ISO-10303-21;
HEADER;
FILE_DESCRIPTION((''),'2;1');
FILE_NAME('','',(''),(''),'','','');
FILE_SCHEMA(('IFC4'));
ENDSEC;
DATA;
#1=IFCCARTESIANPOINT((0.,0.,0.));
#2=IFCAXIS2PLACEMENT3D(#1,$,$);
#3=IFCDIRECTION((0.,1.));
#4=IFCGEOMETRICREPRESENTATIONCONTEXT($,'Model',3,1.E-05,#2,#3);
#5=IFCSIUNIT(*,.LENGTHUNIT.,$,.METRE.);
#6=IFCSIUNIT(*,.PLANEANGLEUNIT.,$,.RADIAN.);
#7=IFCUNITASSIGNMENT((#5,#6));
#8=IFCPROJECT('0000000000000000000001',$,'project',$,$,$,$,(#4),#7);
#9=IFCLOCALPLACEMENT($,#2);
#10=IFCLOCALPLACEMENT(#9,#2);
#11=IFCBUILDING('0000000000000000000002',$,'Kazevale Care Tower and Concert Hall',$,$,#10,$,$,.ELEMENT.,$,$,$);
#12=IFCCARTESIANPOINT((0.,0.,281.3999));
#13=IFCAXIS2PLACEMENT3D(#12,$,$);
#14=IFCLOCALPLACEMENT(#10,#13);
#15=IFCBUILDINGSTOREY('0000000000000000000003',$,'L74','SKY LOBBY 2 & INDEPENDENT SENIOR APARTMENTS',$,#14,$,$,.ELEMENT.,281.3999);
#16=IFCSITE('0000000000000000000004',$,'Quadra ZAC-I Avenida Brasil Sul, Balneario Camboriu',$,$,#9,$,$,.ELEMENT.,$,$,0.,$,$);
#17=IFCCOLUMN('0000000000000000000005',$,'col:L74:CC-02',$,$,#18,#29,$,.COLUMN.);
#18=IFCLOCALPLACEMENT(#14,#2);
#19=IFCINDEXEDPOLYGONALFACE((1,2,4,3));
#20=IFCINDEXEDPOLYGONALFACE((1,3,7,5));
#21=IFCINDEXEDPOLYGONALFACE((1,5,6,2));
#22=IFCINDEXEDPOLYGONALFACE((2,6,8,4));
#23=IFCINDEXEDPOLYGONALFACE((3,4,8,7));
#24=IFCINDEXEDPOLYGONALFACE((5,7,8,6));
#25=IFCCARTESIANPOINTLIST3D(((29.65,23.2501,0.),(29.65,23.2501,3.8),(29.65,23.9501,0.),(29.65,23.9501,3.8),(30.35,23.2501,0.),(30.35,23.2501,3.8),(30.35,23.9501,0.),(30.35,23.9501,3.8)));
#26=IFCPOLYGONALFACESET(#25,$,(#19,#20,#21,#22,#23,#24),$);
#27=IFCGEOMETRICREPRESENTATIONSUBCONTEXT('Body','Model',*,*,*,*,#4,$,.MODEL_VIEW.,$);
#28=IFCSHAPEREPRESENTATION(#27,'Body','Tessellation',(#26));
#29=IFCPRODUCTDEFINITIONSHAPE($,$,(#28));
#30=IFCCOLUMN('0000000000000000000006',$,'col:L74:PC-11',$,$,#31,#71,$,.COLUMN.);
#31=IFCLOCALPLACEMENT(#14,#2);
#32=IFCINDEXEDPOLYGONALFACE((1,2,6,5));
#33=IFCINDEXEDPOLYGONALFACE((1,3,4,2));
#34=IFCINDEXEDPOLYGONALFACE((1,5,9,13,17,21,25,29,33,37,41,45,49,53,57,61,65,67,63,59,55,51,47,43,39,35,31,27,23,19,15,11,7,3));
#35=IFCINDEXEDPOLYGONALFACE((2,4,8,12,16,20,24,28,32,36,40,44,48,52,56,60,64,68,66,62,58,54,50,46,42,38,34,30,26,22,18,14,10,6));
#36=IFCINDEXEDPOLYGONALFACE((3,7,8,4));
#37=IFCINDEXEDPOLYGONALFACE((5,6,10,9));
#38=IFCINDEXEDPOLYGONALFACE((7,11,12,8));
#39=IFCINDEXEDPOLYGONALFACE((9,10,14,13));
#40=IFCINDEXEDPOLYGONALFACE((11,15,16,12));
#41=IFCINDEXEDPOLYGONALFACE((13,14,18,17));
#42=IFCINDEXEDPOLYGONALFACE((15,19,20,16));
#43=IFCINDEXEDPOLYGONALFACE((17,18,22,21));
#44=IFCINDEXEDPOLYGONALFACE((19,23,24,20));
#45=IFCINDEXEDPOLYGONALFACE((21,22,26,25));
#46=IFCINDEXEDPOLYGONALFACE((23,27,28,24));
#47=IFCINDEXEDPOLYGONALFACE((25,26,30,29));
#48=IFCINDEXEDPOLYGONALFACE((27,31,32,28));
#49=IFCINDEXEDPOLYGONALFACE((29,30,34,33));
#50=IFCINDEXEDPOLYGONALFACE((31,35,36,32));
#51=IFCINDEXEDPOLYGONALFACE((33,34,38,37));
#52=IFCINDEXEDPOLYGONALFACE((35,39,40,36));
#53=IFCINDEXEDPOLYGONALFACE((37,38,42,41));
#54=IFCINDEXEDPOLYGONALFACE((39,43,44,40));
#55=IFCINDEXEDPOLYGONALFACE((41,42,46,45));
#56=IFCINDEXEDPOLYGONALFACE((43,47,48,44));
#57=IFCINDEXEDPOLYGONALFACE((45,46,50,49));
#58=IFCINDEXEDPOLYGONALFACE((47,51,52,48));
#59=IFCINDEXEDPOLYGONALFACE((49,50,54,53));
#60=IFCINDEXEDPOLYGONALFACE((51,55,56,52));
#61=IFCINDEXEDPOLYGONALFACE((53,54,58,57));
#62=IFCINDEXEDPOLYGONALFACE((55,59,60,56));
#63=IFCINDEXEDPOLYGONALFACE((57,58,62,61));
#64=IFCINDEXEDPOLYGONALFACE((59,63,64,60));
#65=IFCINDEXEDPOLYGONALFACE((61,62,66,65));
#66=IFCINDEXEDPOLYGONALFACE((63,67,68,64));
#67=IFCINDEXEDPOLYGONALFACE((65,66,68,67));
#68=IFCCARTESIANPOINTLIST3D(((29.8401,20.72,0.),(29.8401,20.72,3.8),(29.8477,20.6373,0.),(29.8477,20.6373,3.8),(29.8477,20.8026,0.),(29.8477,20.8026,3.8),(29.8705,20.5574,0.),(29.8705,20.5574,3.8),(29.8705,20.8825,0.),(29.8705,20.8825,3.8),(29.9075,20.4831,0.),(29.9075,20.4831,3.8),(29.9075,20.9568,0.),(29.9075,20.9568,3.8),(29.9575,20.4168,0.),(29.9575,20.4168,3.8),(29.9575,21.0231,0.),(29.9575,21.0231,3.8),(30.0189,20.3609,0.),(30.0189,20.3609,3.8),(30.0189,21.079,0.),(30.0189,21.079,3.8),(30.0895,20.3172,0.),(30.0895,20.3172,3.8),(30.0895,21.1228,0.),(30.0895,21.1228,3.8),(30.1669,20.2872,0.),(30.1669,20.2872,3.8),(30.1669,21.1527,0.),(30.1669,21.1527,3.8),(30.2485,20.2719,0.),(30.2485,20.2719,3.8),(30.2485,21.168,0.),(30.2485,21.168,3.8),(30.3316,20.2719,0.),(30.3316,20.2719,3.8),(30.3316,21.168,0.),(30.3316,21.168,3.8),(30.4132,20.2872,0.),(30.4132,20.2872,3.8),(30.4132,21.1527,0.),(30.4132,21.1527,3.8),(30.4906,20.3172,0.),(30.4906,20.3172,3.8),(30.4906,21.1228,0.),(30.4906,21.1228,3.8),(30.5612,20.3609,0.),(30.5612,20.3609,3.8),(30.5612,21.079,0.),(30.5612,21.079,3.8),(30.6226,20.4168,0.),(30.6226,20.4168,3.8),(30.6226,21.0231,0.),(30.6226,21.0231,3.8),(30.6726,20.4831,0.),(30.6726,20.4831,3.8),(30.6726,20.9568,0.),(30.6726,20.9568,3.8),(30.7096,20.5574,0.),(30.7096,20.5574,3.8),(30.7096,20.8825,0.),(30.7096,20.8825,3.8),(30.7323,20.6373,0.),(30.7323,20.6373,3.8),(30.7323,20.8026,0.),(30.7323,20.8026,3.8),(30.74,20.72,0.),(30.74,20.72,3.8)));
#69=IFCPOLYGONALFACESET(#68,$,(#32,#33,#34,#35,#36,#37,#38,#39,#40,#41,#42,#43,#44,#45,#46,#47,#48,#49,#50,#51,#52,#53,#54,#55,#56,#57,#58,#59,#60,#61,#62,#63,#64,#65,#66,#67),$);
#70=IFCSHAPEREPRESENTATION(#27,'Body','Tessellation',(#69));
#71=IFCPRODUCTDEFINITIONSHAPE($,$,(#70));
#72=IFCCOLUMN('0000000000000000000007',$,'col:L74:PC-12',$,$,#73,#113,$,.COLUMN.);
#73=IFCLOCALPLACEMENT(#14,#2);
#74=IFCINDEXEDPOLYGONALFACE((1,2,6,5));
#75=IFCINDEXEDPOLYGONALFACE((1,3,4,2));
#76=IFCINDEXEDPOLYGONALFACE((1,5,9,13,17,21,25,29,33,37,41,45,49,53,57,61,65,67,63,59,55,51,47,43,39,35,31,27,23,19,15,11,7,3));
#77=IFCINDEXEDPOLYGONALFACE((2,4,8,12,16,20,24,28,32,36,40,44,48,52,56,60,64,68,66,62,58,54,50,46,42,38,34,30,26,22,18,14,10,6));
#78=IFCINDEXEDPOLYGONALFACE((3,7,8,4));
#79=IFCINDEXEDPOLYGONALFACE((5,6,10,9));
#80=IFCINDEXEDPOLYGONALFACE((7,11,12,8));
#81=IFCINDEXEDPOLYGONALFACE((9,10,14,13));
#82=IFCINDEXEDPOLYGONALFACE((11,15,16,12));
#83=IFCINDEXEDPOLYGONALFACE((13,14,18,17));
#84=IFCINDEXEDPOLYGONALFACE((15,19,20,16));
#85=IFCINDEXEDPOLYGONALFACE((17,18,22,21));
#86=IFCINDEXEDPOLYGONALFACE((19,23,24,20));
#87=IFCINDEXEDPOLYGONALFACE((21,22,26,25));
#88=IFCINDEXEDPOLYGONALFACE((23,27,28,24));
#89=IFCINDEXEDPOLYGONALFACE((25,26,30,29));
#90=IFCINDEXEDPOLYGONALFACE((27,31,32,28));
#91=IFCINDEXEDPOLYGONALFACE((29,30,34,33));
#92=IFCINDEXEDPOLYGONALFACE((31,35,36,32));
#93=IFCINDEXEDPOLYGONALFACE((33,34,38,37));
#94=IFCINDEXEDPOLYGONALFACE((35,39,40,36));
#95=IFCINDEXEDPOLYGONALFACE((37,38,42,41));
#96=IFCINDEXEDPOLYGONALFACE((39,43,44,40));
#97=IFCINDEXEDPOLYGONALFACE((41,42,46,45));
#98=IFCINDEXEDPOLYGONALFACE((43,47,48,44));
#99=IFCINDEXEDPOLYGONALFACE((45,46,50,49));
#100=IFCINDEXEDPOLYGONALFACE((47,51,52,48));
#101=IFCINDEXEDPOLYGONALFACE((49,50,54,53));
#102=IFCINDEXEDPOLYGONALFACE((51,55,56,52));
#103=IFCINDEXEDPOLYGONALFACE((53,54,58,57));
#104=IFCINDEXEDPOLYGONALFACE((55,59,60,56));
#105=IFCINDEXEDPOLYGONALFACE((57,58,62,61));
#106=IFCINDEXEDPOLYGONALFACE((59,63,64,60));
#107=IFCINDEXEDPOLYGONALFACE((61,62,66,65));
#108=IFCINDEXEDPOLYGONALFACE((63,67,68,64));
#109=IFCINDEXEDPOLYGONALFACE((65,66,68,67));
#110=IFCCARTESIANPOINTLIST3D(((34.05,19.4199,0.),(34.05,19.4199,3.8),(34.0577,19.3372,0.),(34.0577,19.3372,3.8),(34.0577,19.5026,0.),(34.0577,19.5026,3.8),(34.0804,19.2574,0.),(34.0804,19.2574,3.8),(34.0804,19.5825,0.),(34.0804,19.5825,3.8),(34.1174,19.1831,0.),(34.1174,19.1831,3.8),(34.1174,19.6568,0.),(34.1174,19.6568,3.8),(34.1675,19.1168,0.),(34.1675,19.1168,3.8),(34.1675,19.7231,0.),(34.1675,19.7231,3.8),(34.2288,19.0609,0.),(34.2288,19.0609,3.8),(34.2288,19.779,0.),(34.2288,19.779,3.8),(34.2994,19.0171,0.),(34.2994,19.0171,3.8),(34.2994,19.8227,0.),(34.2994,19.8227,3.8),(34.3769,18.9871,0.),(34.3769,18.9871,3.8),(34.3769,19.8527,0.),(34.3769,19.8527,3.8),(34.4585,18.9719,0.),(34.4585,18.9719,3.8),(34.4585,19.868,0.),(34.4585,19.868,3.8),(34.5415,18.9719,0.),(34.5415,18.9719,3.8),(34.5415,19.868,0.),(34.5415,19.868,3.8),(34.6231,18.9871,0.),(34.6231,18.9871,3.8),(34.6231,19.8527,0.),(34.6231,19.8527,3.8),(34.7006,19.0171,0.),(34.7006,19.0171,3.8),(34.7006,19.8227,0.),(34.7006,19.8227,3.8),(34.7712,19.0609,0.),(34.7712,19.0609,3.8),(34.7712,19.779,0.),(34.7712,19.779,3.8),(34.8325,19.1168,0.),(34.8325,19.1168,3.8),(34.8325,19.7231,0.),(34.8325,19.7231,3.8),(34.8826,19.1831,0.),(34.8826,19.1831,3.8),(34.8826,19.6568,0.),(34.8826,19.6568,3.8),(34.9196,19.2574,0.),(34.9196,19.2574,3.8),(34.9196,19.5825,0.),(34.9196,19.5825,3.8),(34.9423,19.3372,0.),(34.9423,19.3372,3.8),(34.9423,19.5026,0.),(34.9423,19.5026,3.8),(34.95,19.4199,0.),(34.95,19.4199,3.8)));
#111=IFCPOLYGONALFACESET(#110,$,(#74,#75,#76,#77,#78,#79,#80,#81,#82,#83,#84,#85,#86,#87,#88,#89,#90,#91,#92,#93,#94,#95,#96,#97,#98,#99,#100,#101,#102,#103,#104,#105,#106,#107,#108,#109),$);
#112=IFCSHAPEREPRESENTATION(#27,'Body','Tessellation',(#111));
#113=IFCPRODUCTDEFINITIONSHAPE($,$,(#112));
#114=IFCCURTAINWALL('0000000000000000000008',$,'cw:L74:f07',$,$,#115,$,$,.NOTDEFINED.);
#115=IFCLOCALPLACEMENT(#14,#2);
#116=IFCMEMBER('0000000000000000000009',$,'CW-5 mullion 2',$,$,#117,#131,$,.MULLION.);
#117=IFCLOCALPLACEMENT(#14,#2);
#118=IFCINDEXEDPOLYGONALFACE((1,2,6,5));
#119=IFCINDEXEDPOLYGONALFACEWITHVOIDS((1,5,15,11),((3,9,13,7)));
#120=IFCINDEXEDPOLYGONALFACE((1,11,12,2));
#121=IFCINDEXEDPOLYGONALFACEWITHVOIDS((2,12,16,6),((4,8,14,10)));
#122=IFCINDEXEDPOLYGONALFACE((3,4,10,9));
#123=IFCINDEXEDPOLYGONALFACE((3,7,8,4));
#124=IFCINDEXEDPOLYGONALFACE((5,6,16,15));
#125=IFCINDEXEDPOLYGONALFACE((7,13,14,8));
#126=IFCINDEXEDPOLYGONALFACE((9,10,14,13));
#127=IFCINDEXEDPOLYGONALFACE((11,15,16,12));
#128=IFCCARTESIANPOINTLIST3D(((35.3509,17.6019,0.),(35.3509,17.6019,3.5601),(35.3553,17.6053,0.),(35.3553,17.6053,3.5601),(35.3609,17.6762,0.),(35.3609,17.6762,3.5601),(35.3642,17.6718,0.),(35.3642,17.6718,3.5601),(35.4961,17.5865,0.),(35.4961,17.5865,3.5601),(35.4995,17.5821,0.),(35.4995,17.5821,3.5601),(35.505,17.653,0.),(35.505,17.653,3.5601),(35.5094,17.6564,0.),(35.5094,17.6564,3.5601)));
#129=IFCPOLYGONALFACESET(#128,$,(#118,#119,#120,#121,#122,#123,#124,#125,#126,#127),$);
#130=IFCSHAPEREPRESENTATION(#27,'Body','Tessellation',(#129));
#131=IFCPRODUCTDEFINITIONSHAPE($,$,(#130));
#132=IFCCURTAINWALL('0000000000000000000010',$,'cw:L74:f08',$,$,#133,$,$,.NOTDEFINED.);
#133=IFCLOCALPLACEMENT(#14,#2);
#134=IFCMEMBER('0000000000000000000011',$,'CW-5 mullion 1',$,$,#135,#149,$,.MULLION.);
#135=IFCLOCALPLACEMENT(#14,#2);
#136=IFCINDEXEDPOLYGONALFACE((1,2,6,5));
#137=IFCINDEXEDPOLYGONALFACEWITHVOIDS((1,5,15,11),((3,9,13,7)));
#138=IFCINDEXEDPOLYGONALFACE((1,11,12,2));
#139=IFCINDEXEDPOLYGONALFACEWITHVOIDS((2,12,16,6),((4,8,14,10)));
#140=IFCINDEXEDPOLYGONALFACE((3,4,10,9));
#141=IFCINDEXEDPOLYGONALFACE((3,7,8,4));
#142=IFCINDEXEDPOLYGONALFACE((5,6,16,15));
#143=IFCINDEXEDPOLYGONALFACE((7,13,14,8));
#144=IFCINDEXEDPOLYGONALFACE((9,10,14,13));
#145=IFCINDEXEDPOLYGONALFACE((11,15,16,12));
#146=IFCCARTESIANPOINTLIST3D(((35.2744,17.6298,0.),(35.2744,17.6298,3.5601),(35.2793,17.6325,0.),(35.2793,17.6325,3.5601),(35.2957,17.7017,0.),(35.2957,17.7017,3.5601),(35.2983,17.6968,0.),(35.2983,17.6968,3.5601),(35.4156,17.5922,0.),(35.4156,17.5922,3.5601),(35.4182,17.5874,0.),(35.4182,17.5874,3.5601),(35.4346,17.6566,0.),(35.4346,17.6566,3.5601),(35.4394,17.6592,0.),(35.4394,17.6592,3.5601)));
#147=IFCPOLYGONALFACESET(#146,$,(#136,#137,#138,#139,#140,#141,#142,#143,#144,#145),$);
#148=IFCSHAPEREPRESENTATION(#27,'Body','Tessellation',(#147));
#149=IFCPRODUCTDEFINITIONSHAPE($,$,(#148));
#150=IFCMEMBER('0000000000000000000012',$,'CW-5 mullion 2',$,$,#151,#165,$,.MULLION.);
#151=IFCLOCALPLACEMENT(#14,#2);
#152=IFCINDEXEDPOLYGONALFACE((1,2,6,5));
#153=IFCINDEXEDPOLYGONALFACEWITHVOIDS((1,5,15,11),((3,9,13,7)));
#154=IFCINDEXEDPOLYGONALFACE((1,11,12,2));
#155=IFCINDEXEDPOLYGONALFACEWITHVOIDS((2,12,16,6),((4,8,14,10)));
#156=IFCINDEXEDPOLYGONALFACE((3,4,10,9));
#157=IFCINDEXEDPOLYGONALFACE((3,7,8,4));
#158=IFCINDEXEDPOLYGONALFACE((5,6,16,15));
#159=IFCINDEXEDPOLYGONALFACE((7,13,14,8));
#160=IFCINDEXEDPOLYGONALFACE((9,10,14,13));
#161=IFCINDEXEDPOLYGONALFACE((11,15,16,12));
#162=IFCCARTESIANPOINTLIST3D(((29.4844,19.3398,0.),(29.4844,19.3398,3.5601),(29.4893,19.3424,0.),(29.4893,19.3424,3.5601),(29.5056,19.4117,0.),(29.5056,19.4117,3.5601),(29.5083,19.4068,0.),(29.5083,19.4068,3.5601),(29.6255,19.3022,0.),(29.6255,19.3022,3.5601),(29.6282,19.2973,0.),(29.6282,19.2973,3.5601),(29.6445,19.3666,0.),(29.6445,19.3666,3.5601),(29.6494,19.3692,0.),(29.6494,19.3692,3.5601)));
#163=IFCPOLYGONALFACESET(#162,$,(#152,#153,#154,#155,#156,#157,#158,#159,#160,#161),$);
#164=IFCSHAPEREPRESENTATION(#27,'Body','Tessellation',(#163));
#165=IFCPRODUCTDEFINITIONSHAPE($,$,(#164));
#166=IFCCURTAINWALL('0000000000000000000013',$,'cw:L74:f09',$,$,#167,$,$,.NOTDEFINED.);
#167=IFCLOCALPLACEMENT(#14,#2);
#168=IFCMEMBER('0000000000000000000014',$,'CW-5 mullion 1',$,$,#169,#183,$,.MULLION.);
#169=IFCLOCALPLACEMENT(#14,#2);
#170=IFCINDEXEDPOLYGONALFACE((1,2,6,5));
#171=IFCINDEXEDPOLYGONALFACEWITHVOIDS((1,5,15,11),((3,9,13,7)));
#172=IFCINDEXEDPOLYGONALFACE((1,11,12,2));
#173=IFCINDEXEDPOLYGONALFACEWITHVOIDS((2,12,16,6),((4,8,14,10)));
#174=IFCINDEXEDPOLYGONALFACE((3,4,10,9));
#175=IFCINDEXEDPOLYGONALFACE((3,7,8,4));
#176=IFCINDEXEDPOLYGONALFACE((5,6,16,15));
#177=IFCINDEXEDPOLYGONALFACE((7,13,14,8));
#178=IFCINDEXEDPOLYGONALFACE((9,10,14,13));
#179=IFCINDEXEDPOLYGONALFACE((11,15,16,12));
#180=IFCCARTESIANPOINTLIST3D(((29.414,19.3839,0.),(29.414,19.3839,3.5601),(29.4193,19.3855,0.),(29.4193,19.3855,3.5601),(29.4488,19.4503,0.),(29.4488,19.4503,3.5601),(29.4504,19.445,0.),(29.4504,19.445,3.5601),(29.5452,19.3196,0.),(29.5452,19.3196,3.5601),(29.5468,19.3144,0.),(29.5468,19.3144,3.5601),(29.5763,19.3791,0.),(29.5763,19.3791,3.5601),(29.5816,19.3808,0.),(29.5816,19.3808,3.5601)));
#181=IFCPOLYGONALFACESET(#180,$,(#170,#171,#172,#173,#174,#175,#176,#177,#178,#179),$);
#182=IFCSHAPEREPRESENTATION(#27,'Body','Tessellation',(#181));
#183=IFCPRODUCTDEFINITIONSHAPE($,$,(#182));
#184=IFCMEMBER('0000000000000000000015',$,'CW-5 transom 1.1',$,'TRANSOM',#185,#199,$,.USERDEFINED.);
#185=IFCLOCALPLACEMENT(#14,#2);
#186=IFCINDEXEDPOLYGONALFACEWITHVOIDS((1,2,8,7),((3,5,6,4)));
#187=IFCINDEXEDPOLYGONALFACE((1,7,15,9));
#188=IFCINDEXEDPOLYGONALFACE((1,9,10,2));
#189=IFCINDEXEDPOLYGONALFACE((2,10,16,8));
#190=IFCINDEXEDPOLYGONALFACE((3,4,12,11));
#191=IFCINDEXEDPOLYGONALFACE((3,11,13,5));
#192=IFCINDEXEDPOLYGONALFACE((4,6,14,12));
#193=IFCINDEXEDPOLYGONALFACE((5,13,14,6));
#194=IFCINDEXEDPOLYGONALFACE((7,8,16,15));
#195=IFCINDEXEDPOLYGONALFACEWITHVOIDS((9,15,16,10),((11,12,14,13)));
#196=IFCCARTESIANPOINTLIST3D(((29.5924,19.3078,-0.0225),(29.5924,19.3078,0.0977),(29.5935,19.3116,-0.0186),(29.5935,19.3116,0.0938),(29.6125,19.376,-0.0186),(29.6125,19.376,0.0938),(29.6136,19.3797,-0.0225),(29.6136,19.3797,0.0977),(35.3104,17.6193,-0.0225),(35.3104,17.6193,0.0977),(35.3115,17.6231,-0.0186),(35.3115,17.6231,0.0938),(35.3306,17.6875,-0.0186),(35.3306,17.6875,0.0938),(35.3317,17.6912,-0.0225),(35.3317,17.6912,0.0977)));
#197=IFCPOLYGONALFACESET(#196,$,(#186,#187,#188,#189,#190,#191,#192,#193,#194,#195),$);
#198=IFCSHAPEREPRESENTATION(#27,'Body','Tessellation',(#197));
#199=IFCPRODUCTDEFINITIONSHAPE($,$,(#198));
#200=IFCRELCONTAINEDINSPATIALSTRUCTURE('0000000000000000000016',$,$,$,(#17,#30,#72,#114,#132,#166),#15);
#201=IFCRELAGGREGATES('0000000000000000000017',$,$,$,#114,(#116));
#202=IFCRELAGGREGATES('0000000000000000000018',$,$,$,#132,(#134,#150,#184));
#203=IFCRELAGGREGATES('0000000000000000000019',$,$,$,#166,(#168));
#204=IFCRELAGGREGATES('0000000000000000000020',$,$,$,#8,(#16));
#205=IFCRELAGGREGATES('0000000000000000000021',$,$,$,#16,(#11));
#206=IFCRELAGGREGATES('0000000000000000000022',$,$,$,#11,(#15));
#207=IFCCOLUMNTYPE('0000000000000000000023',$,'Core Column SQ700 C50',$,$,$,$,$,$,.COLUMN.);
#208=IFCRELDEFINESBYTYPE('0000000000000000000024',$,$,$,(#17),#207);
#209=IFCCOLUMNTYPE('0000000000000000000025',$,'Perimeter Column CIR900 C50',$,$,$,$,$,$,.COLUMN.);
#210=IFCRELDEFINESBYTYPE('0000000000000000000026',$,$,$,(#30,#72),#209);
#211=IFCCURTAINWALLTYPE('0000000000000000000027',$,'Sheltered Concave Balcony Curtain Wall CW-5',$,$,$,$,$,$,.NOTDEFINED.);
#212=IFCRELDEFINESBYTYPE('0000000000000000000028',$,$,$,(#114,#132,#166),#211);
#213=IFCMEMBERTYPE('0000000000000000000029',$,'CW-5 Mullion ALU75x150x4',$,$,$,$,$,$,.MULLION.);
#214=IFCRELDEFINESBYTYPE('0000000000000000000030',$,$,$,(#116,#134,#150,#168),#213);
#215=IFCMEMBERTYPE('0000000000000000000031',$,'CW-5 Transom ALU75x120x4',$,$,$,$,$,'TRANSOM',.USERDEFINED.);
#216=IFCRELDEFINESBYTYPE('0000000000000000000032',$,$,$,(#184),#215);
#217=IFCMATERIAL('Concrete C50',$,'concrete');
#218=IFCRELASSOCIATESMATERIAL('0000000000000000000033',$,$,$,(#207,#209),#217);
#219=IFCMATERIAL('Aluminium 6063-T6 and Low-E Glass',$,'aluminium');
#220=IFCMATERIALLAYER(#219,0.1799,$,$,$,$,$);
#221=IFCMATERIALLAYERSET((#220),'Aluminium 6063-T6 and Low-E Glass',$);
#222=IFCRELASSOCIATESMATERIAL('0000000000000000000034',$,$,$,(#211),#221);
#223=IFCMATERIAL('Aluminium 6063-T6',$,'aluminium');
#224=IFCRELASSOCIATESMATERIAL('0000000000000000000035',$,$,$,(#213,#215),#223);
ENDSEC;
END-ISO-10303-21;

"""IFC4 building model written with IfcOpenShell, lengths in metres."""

from ifc_helpers import new_model, si_unit, direction, frame, origin, origin_2d, place, context, subcontext, project, spatial, rectangle, hollow_rectangle, circle, extrude, material, layer, layer_set, material_profile, profile_set, type_object, element, aggregate, save


model = new_model("IFC4")

# Units and contexts
model_context = context("Model", 3, precision=1e-05, world=origin(), true_north=direction((0.0, 1.0)))
body_context = subcontext(model_context, "Body", "Model", "MODEL_VIEW")
ifc_project = project(units=[si_unit("LENGTHUNIT", "METRE"), si_unit("PLANEANGLEUNIT", "RADIAN")], contexts=[model_context])

# Site, building, storey
site_placement = place(None, origin())
site = spatial("IfcSite", under=ifc_project, at=site_placement, Name="Quadra ZAC-I Avenida Brasil Sul, Balneario Camboriu", CompositionType="ELEMENT", RefElevation=0.0)
building_placement = place(site_placement, origin())
building = spatial("IfcBuilding", under=site, at=building_placement, Name="Kazevale Care Tower and Concert Hall", CompositionType="ELEMENT")
storey_placement = place(building_placement, frame((0.0, 0.0, 281.3999)))
storey = spatial("IfcBuildingStorey", under=building, at=storey_placement, Name="L74", Description="SKY LOBBY 2 & INDEPENDENT SENIOR APARTMENTS", CompositionType="ELEMENT", Elevation=281.3999)

# Columns
ifc_material_1 = material(Name="Concrete C50", Category="concrete")
ifc_material_profile_1 = material_profile(ifc_material_1, rectangle(XDim=0.7, YDim=0.7, at=origin_2d()), Name="RC-SQ700")
ifc_profile_set_1 = profile_set([ifc_material_profile_1], Name="Concrete C50")
column_type_1 = type_object("IfcColumnType", Name="Core Column SQ700 C50", PredefinedType="COLUMN", material=ifc_profile_set_1)
column_placement = place(storey_placement, frame((30.0, 23.6001, 0.0), z_axis=(0.0, 0.0, 1.0), x_axis=(1.0, 0.0, 0.0)))
element("IfcColumn", 1, at=column_placement, inside=storey, type_object=column_type_1, Name="col:L74:CC-02", PredefinedType="COLUMN", context=body_context, shape_type="SweptSolid", body=[
    extrude(rectangle(XDim=0.7, YDim=0.7, at=origin_2d()), origin(), (0.0, 0.0, 1.0), 3.8),
])
ifc_material_profile_2 = material_profile(ifc_material_1, circle(Radius=0.45, at=origin_2d()), Name="RC-CIR900")
ifc_profile_set_2 = profile_set([ifc_material_profile_2], Name="Concrete C50")
column_type_2 = type_object("IfcColumnType", Name="Perimeter Column CIR900 C50", PredefinedType="COLUMN", material=ifc_profile_set_2)
for number, where, z_axis, x_axis, name in (
    (2, (30.29, 20.72, 0.0), (0.0, 0.0, 1.0), (1.0, 0.0, 0.0), "col:L74:PC-11"),
    (3, (34.5, 19.4199, 0.0), (0.0, 0.0, 1.0), (1.0, 0.0, 0.0), "col:L74:PC-12"),
):
    element("IfcColumn", number, at=place(storey_placement, frame(where, z_axis=z_axis, x_axis=x_axis)), inside=storey, type_object=column_type_2, Name=name, PredefinedType="COLUMN", context=body_context, shape_type="SweptSolid", body=[
        extrude(circle(Radius=0.45, at=origin_2d()), origin(), (0.0, 0.0, 1.0), 3.8),
    ])

# Curtain wall, member
ifc_material_2 = material(Name="Aluminium 6063-T6 and Low-E Glass", Category="aluminium")
ifc_layer_1 = layer(ifc_material_2, 0.1799)
ifc_layer_set_1 = layer_set([ifc_layer_1], Name="Aluminium 6063-T6 and Low-E Glass")
curtain_wall_type = type_object("IfcCurtainWallType", Name="Sheltered Concave Balcony Curtain Wall CW-5", PredefinedType="NOTDEFINED", material=ifc_layer_set_1)
curtain_wall_1_placement = place(storey_placement, origin())
curtain_wall_1 = element("IfcCurtainWall", 4, at=curtain_wall_1_placement, inside=storey, type_object=curtain_wall_type, Name="cw:L74:f07", PredefinedType="NOTDEFINED")
ifc_material_3 = material(Name="Aluminium 6063-T6", Category="aluminium")
ifc_material_profile_3 = material_profile(ifc_material_3, hollow_rectangle(XDim=0.075, YDim=0.1499, WallThickness=0.0039, at=origin_2d()), Name="ALU75x150x4")
ifc_profile_set_3 = profile_set([ifc_material_profile_3], Name="Aluminium 6063-T6")
member_type_1 = type_object("IfcMemberType", Name="CW-5 Mullion ALU75x150x4", PredefinedType="MULLION", material=ifc_profile_set_3)
member_1_placement = place(storey_placement, frame((35.4302, 17.6292, 0.0), z_axis=(0.0, 0.0, 1.0), x_axis=(-0.132542, -0.991177, 0.0)))
member_1 = element("IfcMember", 5, at=member_1_placement, type_object=member_type_1, Name="CW-5 mullion 2", PredefinedType="MULLION", context=body_context, shape_type="SweptSolid", body=[
    extrude(hollow_rectangle(XDim=0.075, YDim=0.1499, WallThickness=0.0039, at=origin_2d()), origin(), (0.0, 0.0, 1.0), 3.5601),
])
aggregate(curtain_wall_1, [member_1])

# Curtain wall, members
curtain_wall_2_placement = place(storey_placement, origin())
curtain_wall_2 = element("IfcCurtainWall", 6, at=curtain_wall_2_placement, inside=storey, type_object=curtain_wall_type, Name="cw:L74:f08", PredefinedType="NOTDEFINED")
member_2_placement = place(storey_placement, frame((35.3569, 17.6445, 0.0), z_axis=(0.0, 0.0, 1.0), x_axis=(-0.283203, -0.95906, 0.0)))
member_2 = element("IfcMember", 7, at=member_2_placement, type_object=member_type_1, Name="CW-5 mullion 1", PredefinedType="MULLION", context=body_context, shape_type="SweptSolid", body=[
    extrude(hollow_rectangle(XDim=0.075, YDim=0.1499, WallThickness=0.0039, at=origin_2d()), origin(), (0.0, 0.0, 1.0), 3.5601),
])
member_3_placement = place(storey_placement, frame((29.5669, 19.3545, 0.0), z_axis=(0.0, 0.0, 1.0), x_axis=(-0.283203, -0.95906, 0.0)))
member_3 = element("IfcMember", 8, at=member_3_placement, type_object=member_type_1, Name="CW-5 mullion 2", PredefinedType="MULLION", context=body_context, shape_type="SweptSolid", body=[
    extrude(hollow_rectangle(XDim=0.075, YDim=0.1499, WallThickness=0.0039, at=origin_2d()), origin(), (0.0, 0.0, 1.0), 3.5601),
])

# Curtain wall, member
curtain_wall_3_placement = place(storey_placement, origin())
curtain_wall_3 = element("IfcCurtainWall", 9, at=curtain_wall_3_placement, inside=storey, type_object=curtain_wall_type, Name="cw:L74:f09", PredefinedType="NOTDEFINED")
member_4_placement = place(storey_placement, frame((29.4978, 19.3823, 0.0), z_axis=(0.0, 0.0, 1.0), x_axis=(-0.463681, -0.886002, 0.0)))
member_4 = element("IfcMember", 10, at=member_4_placement, type_object=member_type_1, Name="CW-5 mullion 1", PredefinedType="MULLION", context=body_context, shape_type="SweptSolid", body=[
    extrude(hollow_rectangle(XDim=0.075, YDim=0.1499, WallThickness=0.0039, at=origin_2d()), origin(), (0.0, 0.0, 1.0), 3.5601),
])

# Member
ifc_material_profile_4 = material_profile(ifc_material_3, hollow_rectangle(XDim=0.075, YDim=0.1201, WallThickness=0.0039, at=origin_2d()), Name="ALU75x120x4")
ifc_profile_set_4 = profile_set([ifc_material_profile_4], Name="Aluminium 6063-T6")
member_type_2 = type_object("IfcMemberType", Name="CW-5 Transom ALU75x120x4", ElementType="TRANSOM", PredefinedType="USERDEFINED", material=ifc_profile_set_4)
member_5_placement = place(storey_placement, frame((35.321, 17.6553, 0.0376), z_axis=(-0.95906, 0.283201, 0.0), x_axis=(-0.283201, -0.95906, 0.0)))
member_5 = element("IfcMember", 11, at=member_5_placement, type_object=member_type_2, Name="CW-5 transom 1.1", ObjectType="TRANSOM", PredefinedType="USERDEFINED", context=body_context, shape_type="SweptSolid", body=[
    extrude(hollow_rectangle(XDim=0.075, YDim=0.1201, WallThickness=0.0039, at=origin_2d()), origin(), (0.0, 0.0, 1.0), 5.9622),
])

aggregate(curtain_wall_2, [member_2, member_3, member_5])
aggregate(curtain_wall_3, [member_4])

save(model, "model.ifc")
